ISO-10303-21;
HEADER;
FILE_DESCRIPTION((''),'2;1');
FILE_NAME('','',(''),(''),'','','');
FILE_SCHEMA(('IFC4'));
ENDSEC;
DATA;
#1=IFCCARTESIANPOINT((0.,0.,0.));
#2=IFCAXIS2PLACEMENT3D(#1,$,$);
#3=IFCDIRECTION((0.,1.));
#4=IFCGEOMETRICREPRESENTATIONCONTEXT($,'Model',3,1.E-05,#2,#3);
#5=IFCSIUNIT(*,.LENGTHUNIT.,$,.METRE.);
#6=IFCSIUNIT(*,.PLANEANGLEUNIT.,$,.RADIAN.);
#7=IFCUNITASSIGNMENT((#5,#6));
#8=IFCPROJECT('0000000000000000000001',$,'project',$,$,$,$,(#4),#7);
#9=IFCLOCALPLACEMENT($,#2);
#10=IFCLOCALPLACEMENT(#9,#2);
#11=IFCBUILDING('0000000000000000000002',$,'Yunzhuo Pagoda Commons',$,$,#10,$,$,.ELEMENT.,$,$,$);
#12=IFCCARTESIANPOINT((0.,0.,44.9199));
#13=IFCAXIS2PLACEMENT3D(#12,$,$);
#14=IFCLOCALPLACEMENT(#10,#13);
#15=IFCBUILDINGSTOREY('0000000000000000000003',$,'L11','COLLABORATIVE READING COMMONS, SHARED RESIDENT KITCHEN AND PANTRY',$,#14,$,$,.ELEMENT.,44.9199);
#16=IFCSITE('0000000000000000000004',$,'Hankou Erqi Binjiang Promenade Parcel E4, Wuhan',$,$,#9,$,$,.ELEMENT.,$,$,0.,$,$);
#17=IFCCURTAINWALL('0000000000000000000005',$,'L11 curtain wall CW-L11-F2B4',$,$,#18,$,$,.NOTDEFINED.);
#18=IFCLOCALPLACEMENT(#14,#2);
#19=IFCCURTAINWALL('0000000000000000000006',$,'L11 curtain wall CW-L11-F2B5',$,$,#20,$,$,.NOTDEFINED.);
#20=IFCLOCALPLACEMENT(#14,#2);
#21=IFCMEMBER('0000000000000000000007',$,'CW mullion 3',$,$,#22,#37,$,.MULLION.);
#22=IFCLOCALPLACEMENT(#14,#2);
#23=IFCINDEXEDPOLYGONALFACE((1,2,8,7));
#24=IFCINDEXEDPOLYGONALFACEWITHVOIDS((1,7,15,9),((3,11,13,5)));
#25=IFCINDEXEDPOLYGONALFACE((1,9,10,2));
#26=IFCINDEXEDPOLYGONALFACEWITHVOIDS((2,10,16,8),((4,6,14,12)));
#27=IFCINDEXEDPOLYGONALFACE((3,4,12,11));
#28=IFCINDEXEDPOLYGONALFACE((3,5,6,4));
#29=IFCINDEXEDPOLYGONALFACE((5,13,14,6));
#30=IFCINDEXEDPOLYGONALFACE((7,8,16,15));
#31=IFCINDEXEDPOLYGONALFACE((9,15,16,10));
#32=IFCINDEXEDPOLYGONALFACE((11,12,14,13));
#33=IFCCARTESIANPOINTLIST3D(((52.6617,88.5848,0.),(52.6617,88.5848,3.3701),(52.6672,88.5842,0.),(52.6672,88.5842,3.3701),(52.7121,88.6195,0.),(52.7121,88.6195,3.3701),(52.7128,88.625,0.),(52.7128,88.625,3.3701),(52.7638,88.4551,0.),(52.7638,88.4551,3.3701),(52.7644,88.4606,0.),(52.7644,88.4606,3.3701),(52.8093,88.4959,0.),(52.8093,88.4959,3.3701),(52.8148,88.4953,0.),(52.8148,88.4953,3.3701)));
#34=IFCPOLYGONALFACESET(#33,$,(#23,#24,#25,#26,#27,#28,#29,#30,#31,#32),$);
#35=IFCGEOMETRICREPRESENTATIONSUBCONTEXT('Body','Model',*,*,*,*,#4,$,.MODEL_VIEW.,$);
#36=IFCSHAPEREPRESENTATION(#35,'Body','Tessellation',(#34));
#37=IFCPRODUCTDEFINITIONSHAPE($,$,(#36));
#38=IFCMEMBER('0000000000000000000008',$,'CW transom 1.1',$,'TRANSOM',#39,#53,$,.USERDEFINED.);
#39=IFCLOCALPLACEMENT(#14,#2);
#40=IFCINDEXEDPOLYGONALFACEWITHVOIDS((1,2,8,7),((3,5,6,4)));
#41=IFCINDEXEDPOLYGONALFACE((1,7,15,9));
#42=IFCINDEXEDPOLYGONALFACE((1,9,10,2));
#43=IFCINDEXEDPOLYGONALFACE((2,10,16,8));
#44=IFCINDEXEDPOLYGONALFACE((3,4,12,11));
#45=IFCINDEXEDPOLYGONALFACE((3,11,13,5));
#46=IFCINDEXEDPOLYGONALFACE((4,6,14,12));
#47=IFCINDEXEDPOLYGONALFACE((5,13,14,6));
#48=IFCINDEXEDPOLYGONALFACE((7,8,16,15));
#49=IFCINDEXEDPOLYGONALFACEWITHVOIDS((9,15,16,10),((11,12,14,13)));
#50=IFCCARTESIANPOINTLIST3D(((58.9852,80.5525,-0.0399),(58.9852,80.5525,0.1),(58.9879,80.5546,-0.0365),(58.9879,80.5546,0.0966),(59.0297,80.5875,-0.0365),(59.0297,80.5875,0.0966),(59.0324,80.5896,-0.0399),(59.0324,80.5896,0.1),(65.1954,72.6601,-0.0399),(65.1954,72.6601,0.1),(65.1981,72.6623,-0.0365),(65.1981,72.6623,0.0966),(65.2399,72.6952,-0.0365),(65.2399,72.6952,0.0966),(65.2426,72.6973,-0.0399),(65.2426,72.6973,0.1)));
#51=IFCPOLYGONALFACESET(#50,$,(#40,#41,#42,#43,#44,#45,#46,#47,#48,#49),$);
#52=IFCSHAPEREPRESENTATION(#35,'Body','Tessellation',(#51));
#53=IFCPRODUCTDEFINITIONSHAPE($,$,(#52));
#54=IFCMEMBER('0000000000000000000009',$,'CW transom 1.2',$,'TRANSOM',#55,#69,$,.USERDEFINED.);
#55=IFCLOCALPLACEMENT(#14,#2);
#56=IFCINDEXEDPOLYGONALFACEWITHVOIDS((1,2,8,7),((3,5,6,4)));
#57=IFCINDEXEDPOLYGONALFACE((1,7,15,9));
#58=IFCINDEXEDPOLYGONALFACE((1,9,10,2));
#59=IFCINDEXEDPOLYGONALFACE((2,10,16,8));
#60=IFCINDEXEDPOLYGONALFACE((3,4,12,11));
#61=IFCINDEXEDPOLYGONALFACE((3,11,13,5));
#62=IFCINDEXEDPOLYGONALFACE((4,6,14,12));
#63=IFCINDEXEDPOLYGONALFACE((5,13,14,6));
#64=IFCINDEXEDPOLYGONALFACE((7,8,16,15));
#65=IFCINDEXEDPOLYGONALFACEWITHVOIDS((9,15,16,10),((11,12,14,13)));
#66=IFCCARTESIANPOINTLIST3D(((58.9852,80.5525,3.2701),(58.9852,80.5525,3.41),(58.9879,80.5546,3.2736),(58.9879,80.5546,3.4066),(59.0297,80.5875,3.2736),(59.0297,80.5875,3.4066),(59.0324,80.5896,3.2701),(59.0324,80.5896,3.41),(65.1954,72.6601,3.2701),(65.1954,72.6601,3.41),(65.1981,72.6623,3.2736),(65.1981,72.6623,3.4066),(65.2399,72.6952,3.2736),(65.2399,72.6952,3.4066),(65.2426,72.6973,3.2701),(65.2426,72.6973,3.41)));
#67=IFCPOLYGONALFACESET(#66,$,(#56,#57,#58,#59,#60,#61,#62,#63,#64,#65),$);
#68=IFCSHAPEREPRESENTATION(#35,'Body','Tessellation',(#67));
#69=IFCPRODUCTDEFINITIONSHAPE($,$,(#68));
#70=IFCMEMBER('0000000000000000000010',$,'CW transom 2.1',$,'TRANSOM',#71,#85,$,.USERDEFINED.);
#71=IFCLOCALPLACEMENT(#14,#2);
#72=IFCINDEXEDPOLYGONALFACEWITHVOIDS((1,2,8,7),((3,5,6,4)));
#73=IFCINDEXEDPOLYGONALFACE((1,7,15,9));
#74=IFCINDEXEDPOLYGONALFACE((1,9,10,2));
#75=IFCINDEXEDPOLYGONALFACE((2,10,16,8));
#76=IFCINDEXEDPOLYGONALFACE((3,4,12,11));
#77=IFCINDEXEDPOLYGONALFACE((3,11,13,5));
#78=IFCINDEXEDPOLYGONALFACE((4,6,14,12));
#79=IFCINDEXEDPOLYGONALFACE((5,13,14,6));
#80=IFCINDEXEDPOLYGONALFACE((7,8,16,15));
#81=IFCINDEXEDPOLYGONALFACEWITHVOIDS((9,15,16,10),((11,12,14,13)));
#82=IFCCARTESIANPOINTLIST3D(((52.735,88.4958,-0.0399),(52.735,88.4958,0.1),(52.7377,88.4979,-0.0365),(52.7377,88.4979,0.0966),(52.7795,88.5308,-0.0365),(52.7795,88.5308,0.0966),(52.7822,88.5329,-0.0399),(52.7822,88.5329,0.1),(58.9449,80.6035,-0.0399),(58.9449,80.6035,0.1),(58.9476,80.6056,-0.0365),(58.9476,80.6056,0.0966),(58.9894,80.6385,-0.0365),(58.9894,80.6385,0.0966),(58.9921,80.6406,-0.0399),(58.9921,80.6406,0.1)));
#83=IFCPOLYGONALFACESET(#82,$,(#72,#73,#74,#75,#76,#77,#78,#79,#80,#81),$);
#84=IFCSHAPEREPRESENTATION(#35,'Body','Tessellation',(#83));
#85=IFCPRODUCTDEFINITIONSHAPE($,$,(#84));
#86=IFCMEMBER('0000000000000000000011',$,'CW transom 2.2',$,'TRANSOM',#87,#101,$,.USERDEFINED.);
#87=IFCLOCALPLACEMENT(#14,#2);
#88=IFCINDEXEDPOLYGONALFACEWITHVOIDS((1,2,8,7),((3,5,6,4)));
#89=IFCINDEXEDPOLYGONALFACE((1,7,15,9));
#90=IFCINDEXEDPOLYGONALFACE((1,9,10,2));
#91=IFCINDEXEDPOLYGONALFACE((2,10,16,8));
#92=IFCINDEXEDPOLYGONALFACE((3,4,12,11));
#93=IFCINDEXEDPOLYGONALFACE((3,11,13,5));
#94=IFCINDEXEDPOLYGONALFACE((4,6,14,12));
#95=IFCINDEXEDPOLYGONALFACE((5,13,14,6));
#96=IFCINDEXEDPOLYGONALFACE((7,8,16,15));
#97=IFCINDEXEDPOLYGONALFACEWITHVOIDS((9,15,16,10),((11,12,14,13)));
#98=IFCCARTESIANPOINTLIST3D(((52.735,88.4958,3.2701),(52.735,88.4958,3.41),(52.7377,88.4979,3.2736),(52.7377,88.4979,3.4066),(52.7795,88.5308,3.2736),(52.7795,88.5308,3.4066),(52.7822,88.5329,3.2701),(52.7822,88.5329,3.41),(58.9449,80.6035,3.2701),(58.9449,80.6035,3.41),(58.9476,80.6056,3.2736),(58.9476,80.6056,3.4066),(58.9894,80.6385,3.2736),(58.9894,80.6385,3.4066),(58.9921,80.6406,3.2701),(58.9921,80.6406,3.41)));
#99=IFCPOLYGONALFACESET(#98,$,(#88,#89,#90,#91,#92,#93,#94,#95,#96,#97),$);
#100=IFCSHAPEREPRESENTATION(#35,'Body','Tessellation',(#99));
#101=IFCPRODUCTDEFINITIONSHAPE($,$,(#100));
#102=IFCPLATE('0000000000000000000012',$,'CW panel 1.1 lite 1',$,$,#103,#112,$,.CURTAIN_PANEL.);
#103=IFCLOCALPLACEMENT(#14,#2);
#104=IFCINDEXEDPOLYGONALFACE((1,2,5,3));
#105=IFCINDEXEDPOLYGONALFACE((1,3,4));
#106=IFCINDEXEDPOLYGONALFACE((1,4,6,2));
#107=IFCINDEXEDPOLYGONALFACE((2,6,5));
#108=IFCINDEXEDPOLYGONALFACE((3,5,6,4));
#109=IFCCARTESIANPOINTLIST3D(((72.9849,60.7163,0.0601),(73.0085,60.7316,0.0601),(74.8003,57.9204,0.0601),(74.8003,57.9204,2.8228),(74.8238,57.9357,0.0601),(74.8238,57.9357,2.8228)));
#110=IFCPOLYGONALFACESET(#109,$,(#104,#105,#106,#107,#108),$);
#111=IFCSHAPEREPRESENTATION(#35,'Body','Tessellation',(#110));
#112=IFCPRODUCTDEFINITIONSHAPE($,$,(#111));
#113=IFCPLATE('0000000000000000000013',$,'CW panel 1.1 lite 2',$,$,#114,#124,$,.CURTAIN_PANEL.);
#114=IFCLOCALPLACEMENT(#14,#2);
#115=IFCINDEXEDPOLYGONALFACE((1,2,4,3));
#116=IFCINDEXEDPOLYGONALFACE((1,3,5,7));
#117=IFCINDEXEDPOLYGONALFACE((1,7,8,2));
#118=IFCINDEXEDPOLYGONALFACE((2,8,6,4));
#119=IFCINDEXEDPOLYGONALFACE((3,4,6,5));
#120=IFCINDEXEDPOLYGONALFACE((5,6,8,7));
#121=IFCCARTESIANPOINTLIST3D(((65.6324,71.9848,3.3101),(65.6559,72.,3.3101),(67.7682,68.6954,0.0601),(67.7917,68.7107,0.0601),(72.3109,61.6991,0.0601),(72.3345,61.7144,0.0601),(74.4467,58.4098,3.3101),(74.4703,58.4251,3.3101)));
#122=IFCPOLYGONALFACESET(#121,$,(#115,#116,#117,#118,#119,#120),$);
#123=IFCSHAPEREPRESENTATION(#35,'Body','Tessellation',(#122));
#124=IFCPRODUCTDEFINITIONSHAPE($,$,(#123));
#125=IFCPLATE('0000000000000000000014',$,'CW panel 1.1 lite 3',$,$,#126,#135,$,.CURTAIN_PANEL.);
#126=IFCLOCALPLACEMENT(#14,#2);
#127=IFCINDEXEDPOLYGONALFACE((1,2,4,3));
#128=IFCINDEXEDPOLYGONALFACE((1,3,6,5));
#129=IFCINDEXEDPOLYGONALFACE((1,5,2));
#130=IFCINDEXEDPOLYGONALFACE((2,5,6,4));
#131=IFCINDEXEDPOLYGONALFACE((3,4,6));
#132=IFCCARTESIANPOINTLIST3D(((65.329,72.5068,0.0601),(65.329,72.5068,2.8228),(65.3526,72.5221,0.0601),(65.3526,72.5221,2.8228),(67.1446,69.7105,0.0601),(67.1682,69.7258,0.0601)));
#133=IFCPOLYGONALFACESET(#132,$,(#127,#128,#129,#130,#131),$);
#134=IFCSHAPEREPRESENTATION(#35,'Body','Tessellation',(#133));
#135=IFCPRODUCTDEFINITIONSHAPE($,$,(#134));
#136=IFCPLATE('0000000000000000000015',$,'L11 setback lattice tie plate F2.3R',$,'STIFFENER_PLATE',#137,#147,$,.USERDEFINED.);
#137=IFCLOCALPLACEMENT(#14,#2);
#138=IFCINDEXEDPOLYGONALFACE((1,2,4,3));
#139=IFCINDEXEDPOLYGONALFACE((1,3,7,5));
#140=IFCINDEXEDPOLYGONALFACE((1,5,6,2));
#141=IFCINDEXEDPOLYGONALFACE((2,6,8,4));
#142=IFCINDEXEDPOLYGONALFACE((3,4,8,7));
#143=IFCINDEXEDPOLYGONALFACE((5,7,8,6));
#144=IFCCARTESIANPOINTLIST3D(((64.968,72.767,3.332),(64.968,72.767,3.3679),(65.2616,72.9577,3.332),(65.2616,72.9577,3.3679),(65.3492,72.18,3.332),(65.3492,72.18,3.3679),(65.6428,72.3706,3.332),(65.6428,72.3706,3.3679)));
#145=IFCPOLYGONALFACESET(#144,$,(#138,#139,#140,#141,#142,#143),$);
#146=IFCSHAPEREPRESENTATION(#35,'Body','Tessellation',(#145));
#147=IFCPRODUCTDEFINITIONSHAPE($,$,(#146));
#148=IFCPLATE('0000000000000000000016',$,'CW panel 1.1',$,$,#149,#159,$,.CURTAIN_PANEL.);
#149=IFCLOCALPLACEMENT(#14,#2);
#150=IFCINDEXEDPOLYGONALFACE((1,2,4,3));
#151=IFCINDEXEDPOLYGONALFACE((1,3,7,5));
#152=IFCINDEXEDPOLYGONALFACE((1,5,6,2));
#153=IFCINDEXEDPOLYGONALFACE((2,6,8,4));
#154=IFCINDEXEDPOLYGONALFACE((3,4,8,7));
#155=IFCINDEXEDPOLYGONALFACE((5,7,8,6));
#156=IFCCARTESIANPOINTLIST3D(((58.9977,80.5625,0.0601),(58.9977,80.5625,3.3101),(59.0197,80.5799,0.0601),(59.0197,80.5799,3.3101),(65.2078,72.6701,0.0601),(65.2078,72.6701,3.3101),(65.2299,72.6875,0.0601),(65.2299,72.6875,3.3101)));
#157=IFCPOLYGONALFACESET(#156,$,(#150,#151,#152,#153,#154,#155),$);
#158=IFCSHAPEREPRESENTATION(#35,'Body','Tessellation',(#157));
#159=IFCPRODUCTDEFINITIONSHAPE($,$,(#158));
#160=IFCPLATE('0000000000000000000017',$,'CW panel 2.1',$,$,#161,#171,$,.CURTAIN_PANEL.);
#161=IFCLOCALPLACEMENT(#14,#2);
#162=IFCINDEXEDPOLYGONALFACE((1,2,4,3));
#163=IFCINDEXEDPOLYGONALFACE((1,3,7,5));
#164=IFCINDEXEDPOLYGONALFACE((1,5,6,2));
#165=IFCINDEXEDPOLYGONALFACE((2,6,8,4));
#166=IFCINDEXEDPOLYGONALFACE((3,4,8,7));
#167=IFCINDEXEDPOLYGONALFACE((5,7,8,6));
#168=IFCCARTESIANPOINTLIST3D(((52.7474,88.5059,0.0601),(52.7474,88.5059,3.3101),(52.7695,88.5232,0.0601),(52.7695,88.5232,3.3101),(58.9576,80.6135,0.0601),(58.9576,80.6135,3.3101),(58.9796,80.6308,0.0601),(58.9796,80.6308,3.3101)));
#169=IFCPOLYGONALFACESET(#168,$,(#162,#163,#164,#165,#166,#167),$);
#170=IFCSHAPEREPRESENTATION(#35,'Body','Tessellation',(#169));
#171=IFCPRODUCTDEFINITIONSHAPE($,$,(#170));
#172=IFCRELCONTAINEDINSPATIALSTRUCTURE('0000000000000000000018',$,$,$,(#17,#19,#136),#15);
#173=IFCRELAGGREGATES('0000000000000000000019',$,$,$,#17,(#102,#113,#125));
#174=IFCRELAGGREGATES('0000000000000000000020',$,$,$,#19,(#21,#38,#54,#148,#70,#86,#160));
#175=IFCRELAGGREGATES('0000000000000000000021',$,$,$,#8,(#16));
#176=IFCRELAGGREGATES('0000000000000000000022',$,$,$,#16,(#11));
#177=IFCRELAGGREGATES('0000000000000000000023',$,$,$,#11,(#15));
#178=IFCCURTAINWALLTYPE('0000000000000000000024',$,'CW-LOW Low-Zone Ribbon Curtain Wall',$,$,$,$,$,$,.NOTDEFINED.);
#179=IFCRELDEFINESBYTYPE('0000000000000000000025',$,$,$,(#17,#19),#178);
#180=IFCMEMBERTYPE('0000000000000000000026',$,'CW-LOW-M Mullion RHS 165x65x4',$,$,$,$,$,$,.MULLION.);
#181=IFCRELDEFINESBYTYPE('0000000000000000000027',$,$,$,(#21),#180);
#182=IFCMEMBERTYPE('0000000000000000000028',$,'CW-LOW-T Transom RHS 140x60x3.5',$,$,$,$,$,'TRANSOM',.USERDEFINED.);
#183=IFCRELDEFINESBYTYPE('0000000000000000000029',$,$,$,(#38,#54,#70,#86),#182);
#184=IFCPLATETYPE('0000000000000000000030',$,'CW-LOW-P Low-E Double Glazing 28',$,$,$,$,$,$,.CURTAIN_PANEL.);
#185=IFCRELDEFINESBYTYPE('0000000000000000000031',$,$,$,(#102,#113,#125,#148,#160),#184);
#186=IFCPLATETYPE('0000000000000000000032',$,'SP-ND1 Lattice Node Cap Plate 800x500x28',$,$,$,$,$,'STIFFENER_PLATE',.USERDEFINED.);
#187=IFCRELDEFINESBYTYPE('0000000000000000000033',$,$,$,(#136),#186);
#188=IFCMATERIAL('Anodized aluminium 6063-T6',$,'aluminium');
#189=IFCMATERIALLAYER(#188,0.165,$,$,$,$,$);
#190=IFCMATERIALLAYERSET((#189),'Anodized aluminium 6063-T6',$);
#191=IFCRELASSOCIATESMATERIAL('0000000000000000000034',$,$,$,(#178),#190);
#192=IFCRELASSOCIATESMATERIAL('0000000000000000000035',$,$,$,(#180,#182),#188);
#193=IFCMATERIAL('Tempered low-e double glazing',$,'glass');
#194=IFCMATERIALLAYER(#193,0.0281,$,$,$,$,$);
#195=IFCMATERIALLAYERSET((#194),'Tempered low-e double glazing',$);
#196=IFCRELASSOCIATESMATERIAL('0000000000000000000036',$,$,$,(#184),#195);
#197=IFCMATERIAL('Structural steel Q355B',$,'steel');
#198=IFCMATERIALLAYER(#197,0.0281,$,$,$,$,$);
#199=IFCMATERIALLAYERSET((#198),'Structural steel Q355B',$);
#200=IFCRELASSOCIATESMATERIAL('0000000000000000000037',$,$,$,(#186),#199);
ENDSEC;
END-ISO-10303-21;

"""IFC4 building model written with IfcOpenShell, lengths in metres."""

from ifc_helpers import new_model, si_unit, direction, frame, origin, origin_2d, place, context, subcontext, project, spatial, polyline, rectangle, hollow_rectangle, outline, extrude, source, transform, mapped, material, layer, layer_set, material_profile, profile_set, type_object, element, aggregate, save


model = new_model("IFC4")

# Units and contexts
model_context = context("Model", 3, precision=1e-05, world=origin(), true_north=direction((0.0, 1.0)))
body_context = subcontext(model_context, "Body", "Model", "MODEL_VIEW")
ifc_project = project(units=[si_unit("LENGTHUNIT", "METRE"), si_unit("PLANEANGLEUNIT", "RADIAN")], contexts=[model_context])

# Site, building, storey
site_placement = place(None, origin())
site = spatial("IfcSite", under=ifc_project, at=site_placement, Name="Hankou Erqi Binjiang Promenade Parcel E4, Wuhan", CompositionType="ELEMENT", RefElevation=0.0)
building_placement = place(site_placement, origin())
building = spatial("IfcBuilding", under=site, at=building_placement, Name="Yunzhuo Pagoda Commons", CompositionType="ELEMENT")
storey_placement = place(building_placement, frame((0.0, 0.0, 44.9199)))
storey = spatial("IfcBuildingStorey", under=building, at=storey_placement, Name="L11", Description="COLLABORATIVE READING COMMONS, SHARED RESIDENT KITCHEN AND PANTRY", CompositionType="ELEMENT", Elevation=44.9199)

# Shared definitions
ifc_material_1 = material(Name="Structural steel Q355B", Category="steel")

# Curtain wall
ifc_material_2 = material(Name="Anodized aluminium 6063-T6", Category="aluminium")
ifc_layer_1 = layer(ifc_material_2, 0.165)
ifc_layer_set_1 = layer_set([ifc_layer_1], Name="Anodized aluminium 6063-T6")
curtain_wall_type = type_object("IfcCurtainWallType", Name="CW-LOW Low-Zone Ribbon Curtain Wall", PredefinedType="NOTDEFINED", material=ifc_layer_set_1)
curtain_wall_1_placement = place(storey_placement, origin())
curtain_wall_1 = element("IfcCurtainWall", 1, at=curtain_wall_1_placement, inside=storey, type_object=curtain_wall_type, Name="L11 curtain wall CW-L11-F2B4", PredefinedType="NOTDEFINED")
ifc_material_profile_1 = material_profile(ifc_material_2, hollow_rectangle(XDim=0.0649, YDim=0.165, WallThickness=0.0039, at=origin_2d()), Name="Anodized aluminium 6063-T6")
ifc_profile_set_1 = profile_set([ifc_material_profile_1], Name="Anodized aluminium 6063-T6")
member_type_1 = type_object("IfcMemberType", Name="CW-LOW-M Mullion RHS 165x65x4", PredefinedType="MULLION", material=ifc_profile_set_1)
shared_shape_1 = source(origin(), body_context, "Body", "SweptSolid", [
    extrude(hollow_rectangle(XDim=0.0649, YDim=0.165, WallThickness=0.0039, at=origin_2d()), origin(), (0.0, 0.0, 1.0), 3.3701),
])

# Curtain wall, members
curtain_wall_2_placement = place(storey_placement, origin())
curtain_wall_2 = element("IfcCurtainWall", 2, at=curtain_wall_2_placement, inside=storey, type_object=curtain_wall_type, Name="L11 curtain wall CW-L11-F2B5", PredefinedType="NOTDEFINED")
member_1_placement = place(storey_placement, frame((52.7383, 88.54, 0.0), z_axis=(0.0, 0.0, 1.0), x_axis=(-0.785883, -0.618375, 0.0)))
member_1 = element("IfcMember", 3, at=member_1_placement, type_object=member_type_1, Name="CW mullion 3", PredefinedType="MULLION", context=body_context, shape_type="MappedRepresentation", body=[
    mapped(shared_shape_1, transform((0.0, 0.0, 0.0), scale=1.0)),
])
ifc_material_profile_2 = material_profile(ifc_material_2, hollow_rectangle(XDim=0.0601, YDim=0.1399, WallThickness=0.0034, at=origin_2d()), Name="Anodized aluminium 6063-T6")
ifc_profile_set_2 = profile_set([ifc_material_profile_2], Name="Anodized aluminium 6063-T6")
member_type_2 = type_object("IfcMemberType", Name="CW-LOW-T Transom RHS 140x60x3.5", ElementType="TRANSOM", PredefinedType="USERDEFINED", material=ifc_profile_set_2)
shared_shape_2 = source(origin(), body_context, "Body", "SweptSolid", [
    extrude(hollow_rectangle(XDim=0.0601, YDim=0.1399, WallThickness=0.0034, at=origin_2d()), origin(), (0.0, 0.0, 1.0), 10.0427),
])
member_2_placement = place(storey_placement, frame((65.219, 72.6787, 0.03), z_axis=(-0.618381, 0.785879, 0.0), x_axis=(-0.785879, -0.618381, 0.0)))
member_2 = element("IfcMember", 4, at=member_2_placement, type_object=member_type_2, Name="CW transom 1.1", ObjectType="TRANSOM", PredefinedType="USERDEFINED", context=body_context, shape_type="MappedRepresentation", body=[
    mapped(shared_shape_2, transform((0.0, 0.0, 0.0), scale=1.0)),
])
member_3_placement = place(storey_placement, frame((65.219, 72.6787, 3.3401), z_axis=(-0.618381, 0.785879, 0.0), x_axis=(-0.785879, -0.618381, 0.0)))
member_3 = element("IfcMember", 5, at=member_3_placement, type_object=member_type_2, Name="CW transom 1.2", ObjectType="TRANSOM", PredefinedType="USERDEFINED", context=body_context, shape_type="MappedRepresentation", body=[
    mapped(shared_shape_2, transform((0.0, 0.0, 0.0), scale=1.0)),
])
shared_shape_3 = source(origin(), body_context, "Body", "SweptSolid", [
    extrude(hollow_rectangle(XDim=0.0601, YDim=0.1399, WallThickness=0.0034, at=origin_2d()), origin(), (0.0, 0.0, 1.0), 10.0425),
])
member_4_placement = place(storey_placement, frame((58.9685, 80.6221, 0.03), z_axis=(-0.618366, 0.78589, 0.0), x_axis=(-0.78589, -0.618366, 0.0)))
member_4 = element("IfcMember", 6, at=member_4_placement, type_object=member_type_2, Name="CW transom 2.1", ObjectType="TRANSOM", PredefinedType="USERDEFINED", context=body_context, shape_type="MappedRepresentation", body=[
    mapped(shared_shape_3, transform((0.0, 0.0, 0.0), scale=1.0)),
])
member_5_placement = place(storey_placement, frame((58.9685, 80.6221, 3.3401), z_axis=(-0.618366, 0.78589, 0.0), x_axis=(-0.78589, -0.618366, 0.0)))
member_5 = element("IfcMember", 7, at=member_5_placement, type_object=member_type_2, Name="CW transom 2.2", ObjectType="TRANSOM", PredefinedType="USERDEFINED", context=body_context, shape_type="MappedRepresentation", body=[
    mapped(shared_shape_3, transform((0.0, 0.0, 0.0), scale=1.0)),
])

# Plates
ifc_material_3 = material(Name="Tempered low-e double glazing", Category="glass")
ifc_layer_2 = layer(ifc_material_3, 0.0281)
ifc_layer_set_2 = layer_set([ifc_layer_2], Name="Tempered low-e double glazing")
plate_type_1 = type_object("IfcPlateType", Name="CW-LOW-P Low-E Double Glazing 28", PredefinedType="CURTAIN_PANEL", material=ifc_layer_set_2)
plate_1_placement = place(storey_placement, frame((73.8926, 59.3184, 1.4414), z_axis=(0.83871, 0.544579, 0.0), x_axis=(-0.544579, 0.83871, 0.0)))
plate_1 = element("IfcPlate", 8, at=plate_1_placement, type_object=plate_type_1, Name="CW panel 1.1 lite 1", PredefinedType="CURTAIN_PANEL", context=body_context, shape_type="SweptSolid", body=[
    extrude(outline(polyline([(-1.6667, -1.3813), (1.6667, -1.3813), (-1.6667, 1.3813), (-1.6667, -1.3813)])), origin(), (0.0, 0.0, 1.0), 0.0281),
])
plate_2_placement = place(storey_placement, frame((70.0396, 65.1973, 1.6851), z_axis=(0.83871, 0.544579, 0.0), x_axis=(-0.544579, 0.83871, 0.0)))
plate_2 = element("IfcPlate", 9, at=plate_2_placement, type_object=plate_type_1, Name="CW panel 1.1 lite 2", PredefinedType="CURTAIN_PANEL", context=body_context, shape_type="SweptSolid", body=[
    extrude(outline(polyline([(-8.0928, 1.625), (-4.1709, -1.625), (4.1709, -1.625), (8.0928, 1.625), (-8.0928, 1.625)])), origin(), (0.0, 0.0, 1.0), 0.0281),
])
plate_3_placement = place(storey_placement, frame((66.2368, 71.1086, 1.4414), z_axis=(0.83871, 0.544579, 0.0), x_axis=(-0.544579, 0.83871, 0.0)))
plate_3 = element("IfcPlate", 10, at=plate_3_placement, type_object=plate_type_1, Name="CW panel 1.1 lite 3", PredefinedType="CURTAIN_PANEL", context=body_context, shape_type="SweptSolid", body=[
    extrude(outline(polyline([(-1.667, -1.3813), (1.667, -1.3813), (1.667, 1.3813), (-1.667, -1.3813)])), origin(), (0.0, 0.0, 1.0), 0.0281),
])
aggregate(curtain_wall_1, [plate_1, plate_2, plate_3])
ifc_layer_3 = layer(ifc_material_1, 0.0281)
ifc_layer_set_3 = layer_set([ifc_layer_3], Name="Structural steel Q355B")
plate_type_2 = type_object("IfcPlateType", Name="SP-ND1 Lattice Node Cap Plate 800x500x28", ElementType="STIFFENER_PLATE", PredefinedType="USERDEFINED", material=ifc_layer_set_3)
shared_shape_4 = source(origin(), body_context, "Body", "SweptSolid", [
    extrude(rectangle(XDim=0.7, YDim=0.3501, at=origin_2d()), origin(), (0.0, 0.0, 1.0), 0.0359),
])
plate_4_placement = place(storey_placement, frame((65.3054, 72.5688, 3.332), z_axis=(0.0, 0.0, 1.0), x_axis=(-0.54458, 0.838709, 0.0)))
element("IfcPlate", 11, at=plate_4_placement, inside=storey, type_object=plate_type_2, Name="L11 setback lattice tie plate F2.3R", ObjectType="STIFFENER_PLATE", PredefinedType="USERDEFINED", context=body_context, shape_type="MappedRepresentation", body=[
    mapped(shared_shape_4, transform((0.0, 0.0, 0.0), scale=1.0)),
])
shared_shape_5 = source(origin(), body_context, "Body", "SweptSolid", [
    extrude(rectangle(XDim=10.0427, YDim=0.0281, at=origin_2d()), origin(), (0.0, 0.0, 1.0), 3.25),
])
plate_5_placement = place(storey_placement, frame((62.1138, 76.625, 0.0601), z_axis=(0.0, 0.0, 1.0), x_axis=(-0.618375, 0.785883, 0.0)))
plate_5 = element("IfcPlate", 12, at=plate_5_placement, type_object=plate_type_1, Name="CW panel 1.1", PredefinedType="CURTAIN_PANEL", context=body_context, shape_type="MappedRepresentation", body=[
    mapped(shared_shape_5, transform((0.0, 0.0, 0.0), scale=1.0)),
])
plate_6_placement = place(storey_placement, frame((55.8635, 84.5684, 0.0601), z_axis=(0.0, 0.0, 1.0), x_axis=(-0.618375, 0.785883, 0.0)))
plate_6 = element("IfcPlate", 13, at=plate_6_placement, type_object=plate_type_1, Name="CW panel 2.1", PredefinedType="CURTAIN_PANEL", context=body_context, shape_type="MappedRepresentation", body=[
    mapped(shared_shape_5, transform((0.0, 0.0, 0.0), scale=1.0)),
])
aggregate(curtain_wall_2, [member_1, member_2, member_3, plate_5, member_4, member_5, plate_6])

save(model, "model.ifc")
